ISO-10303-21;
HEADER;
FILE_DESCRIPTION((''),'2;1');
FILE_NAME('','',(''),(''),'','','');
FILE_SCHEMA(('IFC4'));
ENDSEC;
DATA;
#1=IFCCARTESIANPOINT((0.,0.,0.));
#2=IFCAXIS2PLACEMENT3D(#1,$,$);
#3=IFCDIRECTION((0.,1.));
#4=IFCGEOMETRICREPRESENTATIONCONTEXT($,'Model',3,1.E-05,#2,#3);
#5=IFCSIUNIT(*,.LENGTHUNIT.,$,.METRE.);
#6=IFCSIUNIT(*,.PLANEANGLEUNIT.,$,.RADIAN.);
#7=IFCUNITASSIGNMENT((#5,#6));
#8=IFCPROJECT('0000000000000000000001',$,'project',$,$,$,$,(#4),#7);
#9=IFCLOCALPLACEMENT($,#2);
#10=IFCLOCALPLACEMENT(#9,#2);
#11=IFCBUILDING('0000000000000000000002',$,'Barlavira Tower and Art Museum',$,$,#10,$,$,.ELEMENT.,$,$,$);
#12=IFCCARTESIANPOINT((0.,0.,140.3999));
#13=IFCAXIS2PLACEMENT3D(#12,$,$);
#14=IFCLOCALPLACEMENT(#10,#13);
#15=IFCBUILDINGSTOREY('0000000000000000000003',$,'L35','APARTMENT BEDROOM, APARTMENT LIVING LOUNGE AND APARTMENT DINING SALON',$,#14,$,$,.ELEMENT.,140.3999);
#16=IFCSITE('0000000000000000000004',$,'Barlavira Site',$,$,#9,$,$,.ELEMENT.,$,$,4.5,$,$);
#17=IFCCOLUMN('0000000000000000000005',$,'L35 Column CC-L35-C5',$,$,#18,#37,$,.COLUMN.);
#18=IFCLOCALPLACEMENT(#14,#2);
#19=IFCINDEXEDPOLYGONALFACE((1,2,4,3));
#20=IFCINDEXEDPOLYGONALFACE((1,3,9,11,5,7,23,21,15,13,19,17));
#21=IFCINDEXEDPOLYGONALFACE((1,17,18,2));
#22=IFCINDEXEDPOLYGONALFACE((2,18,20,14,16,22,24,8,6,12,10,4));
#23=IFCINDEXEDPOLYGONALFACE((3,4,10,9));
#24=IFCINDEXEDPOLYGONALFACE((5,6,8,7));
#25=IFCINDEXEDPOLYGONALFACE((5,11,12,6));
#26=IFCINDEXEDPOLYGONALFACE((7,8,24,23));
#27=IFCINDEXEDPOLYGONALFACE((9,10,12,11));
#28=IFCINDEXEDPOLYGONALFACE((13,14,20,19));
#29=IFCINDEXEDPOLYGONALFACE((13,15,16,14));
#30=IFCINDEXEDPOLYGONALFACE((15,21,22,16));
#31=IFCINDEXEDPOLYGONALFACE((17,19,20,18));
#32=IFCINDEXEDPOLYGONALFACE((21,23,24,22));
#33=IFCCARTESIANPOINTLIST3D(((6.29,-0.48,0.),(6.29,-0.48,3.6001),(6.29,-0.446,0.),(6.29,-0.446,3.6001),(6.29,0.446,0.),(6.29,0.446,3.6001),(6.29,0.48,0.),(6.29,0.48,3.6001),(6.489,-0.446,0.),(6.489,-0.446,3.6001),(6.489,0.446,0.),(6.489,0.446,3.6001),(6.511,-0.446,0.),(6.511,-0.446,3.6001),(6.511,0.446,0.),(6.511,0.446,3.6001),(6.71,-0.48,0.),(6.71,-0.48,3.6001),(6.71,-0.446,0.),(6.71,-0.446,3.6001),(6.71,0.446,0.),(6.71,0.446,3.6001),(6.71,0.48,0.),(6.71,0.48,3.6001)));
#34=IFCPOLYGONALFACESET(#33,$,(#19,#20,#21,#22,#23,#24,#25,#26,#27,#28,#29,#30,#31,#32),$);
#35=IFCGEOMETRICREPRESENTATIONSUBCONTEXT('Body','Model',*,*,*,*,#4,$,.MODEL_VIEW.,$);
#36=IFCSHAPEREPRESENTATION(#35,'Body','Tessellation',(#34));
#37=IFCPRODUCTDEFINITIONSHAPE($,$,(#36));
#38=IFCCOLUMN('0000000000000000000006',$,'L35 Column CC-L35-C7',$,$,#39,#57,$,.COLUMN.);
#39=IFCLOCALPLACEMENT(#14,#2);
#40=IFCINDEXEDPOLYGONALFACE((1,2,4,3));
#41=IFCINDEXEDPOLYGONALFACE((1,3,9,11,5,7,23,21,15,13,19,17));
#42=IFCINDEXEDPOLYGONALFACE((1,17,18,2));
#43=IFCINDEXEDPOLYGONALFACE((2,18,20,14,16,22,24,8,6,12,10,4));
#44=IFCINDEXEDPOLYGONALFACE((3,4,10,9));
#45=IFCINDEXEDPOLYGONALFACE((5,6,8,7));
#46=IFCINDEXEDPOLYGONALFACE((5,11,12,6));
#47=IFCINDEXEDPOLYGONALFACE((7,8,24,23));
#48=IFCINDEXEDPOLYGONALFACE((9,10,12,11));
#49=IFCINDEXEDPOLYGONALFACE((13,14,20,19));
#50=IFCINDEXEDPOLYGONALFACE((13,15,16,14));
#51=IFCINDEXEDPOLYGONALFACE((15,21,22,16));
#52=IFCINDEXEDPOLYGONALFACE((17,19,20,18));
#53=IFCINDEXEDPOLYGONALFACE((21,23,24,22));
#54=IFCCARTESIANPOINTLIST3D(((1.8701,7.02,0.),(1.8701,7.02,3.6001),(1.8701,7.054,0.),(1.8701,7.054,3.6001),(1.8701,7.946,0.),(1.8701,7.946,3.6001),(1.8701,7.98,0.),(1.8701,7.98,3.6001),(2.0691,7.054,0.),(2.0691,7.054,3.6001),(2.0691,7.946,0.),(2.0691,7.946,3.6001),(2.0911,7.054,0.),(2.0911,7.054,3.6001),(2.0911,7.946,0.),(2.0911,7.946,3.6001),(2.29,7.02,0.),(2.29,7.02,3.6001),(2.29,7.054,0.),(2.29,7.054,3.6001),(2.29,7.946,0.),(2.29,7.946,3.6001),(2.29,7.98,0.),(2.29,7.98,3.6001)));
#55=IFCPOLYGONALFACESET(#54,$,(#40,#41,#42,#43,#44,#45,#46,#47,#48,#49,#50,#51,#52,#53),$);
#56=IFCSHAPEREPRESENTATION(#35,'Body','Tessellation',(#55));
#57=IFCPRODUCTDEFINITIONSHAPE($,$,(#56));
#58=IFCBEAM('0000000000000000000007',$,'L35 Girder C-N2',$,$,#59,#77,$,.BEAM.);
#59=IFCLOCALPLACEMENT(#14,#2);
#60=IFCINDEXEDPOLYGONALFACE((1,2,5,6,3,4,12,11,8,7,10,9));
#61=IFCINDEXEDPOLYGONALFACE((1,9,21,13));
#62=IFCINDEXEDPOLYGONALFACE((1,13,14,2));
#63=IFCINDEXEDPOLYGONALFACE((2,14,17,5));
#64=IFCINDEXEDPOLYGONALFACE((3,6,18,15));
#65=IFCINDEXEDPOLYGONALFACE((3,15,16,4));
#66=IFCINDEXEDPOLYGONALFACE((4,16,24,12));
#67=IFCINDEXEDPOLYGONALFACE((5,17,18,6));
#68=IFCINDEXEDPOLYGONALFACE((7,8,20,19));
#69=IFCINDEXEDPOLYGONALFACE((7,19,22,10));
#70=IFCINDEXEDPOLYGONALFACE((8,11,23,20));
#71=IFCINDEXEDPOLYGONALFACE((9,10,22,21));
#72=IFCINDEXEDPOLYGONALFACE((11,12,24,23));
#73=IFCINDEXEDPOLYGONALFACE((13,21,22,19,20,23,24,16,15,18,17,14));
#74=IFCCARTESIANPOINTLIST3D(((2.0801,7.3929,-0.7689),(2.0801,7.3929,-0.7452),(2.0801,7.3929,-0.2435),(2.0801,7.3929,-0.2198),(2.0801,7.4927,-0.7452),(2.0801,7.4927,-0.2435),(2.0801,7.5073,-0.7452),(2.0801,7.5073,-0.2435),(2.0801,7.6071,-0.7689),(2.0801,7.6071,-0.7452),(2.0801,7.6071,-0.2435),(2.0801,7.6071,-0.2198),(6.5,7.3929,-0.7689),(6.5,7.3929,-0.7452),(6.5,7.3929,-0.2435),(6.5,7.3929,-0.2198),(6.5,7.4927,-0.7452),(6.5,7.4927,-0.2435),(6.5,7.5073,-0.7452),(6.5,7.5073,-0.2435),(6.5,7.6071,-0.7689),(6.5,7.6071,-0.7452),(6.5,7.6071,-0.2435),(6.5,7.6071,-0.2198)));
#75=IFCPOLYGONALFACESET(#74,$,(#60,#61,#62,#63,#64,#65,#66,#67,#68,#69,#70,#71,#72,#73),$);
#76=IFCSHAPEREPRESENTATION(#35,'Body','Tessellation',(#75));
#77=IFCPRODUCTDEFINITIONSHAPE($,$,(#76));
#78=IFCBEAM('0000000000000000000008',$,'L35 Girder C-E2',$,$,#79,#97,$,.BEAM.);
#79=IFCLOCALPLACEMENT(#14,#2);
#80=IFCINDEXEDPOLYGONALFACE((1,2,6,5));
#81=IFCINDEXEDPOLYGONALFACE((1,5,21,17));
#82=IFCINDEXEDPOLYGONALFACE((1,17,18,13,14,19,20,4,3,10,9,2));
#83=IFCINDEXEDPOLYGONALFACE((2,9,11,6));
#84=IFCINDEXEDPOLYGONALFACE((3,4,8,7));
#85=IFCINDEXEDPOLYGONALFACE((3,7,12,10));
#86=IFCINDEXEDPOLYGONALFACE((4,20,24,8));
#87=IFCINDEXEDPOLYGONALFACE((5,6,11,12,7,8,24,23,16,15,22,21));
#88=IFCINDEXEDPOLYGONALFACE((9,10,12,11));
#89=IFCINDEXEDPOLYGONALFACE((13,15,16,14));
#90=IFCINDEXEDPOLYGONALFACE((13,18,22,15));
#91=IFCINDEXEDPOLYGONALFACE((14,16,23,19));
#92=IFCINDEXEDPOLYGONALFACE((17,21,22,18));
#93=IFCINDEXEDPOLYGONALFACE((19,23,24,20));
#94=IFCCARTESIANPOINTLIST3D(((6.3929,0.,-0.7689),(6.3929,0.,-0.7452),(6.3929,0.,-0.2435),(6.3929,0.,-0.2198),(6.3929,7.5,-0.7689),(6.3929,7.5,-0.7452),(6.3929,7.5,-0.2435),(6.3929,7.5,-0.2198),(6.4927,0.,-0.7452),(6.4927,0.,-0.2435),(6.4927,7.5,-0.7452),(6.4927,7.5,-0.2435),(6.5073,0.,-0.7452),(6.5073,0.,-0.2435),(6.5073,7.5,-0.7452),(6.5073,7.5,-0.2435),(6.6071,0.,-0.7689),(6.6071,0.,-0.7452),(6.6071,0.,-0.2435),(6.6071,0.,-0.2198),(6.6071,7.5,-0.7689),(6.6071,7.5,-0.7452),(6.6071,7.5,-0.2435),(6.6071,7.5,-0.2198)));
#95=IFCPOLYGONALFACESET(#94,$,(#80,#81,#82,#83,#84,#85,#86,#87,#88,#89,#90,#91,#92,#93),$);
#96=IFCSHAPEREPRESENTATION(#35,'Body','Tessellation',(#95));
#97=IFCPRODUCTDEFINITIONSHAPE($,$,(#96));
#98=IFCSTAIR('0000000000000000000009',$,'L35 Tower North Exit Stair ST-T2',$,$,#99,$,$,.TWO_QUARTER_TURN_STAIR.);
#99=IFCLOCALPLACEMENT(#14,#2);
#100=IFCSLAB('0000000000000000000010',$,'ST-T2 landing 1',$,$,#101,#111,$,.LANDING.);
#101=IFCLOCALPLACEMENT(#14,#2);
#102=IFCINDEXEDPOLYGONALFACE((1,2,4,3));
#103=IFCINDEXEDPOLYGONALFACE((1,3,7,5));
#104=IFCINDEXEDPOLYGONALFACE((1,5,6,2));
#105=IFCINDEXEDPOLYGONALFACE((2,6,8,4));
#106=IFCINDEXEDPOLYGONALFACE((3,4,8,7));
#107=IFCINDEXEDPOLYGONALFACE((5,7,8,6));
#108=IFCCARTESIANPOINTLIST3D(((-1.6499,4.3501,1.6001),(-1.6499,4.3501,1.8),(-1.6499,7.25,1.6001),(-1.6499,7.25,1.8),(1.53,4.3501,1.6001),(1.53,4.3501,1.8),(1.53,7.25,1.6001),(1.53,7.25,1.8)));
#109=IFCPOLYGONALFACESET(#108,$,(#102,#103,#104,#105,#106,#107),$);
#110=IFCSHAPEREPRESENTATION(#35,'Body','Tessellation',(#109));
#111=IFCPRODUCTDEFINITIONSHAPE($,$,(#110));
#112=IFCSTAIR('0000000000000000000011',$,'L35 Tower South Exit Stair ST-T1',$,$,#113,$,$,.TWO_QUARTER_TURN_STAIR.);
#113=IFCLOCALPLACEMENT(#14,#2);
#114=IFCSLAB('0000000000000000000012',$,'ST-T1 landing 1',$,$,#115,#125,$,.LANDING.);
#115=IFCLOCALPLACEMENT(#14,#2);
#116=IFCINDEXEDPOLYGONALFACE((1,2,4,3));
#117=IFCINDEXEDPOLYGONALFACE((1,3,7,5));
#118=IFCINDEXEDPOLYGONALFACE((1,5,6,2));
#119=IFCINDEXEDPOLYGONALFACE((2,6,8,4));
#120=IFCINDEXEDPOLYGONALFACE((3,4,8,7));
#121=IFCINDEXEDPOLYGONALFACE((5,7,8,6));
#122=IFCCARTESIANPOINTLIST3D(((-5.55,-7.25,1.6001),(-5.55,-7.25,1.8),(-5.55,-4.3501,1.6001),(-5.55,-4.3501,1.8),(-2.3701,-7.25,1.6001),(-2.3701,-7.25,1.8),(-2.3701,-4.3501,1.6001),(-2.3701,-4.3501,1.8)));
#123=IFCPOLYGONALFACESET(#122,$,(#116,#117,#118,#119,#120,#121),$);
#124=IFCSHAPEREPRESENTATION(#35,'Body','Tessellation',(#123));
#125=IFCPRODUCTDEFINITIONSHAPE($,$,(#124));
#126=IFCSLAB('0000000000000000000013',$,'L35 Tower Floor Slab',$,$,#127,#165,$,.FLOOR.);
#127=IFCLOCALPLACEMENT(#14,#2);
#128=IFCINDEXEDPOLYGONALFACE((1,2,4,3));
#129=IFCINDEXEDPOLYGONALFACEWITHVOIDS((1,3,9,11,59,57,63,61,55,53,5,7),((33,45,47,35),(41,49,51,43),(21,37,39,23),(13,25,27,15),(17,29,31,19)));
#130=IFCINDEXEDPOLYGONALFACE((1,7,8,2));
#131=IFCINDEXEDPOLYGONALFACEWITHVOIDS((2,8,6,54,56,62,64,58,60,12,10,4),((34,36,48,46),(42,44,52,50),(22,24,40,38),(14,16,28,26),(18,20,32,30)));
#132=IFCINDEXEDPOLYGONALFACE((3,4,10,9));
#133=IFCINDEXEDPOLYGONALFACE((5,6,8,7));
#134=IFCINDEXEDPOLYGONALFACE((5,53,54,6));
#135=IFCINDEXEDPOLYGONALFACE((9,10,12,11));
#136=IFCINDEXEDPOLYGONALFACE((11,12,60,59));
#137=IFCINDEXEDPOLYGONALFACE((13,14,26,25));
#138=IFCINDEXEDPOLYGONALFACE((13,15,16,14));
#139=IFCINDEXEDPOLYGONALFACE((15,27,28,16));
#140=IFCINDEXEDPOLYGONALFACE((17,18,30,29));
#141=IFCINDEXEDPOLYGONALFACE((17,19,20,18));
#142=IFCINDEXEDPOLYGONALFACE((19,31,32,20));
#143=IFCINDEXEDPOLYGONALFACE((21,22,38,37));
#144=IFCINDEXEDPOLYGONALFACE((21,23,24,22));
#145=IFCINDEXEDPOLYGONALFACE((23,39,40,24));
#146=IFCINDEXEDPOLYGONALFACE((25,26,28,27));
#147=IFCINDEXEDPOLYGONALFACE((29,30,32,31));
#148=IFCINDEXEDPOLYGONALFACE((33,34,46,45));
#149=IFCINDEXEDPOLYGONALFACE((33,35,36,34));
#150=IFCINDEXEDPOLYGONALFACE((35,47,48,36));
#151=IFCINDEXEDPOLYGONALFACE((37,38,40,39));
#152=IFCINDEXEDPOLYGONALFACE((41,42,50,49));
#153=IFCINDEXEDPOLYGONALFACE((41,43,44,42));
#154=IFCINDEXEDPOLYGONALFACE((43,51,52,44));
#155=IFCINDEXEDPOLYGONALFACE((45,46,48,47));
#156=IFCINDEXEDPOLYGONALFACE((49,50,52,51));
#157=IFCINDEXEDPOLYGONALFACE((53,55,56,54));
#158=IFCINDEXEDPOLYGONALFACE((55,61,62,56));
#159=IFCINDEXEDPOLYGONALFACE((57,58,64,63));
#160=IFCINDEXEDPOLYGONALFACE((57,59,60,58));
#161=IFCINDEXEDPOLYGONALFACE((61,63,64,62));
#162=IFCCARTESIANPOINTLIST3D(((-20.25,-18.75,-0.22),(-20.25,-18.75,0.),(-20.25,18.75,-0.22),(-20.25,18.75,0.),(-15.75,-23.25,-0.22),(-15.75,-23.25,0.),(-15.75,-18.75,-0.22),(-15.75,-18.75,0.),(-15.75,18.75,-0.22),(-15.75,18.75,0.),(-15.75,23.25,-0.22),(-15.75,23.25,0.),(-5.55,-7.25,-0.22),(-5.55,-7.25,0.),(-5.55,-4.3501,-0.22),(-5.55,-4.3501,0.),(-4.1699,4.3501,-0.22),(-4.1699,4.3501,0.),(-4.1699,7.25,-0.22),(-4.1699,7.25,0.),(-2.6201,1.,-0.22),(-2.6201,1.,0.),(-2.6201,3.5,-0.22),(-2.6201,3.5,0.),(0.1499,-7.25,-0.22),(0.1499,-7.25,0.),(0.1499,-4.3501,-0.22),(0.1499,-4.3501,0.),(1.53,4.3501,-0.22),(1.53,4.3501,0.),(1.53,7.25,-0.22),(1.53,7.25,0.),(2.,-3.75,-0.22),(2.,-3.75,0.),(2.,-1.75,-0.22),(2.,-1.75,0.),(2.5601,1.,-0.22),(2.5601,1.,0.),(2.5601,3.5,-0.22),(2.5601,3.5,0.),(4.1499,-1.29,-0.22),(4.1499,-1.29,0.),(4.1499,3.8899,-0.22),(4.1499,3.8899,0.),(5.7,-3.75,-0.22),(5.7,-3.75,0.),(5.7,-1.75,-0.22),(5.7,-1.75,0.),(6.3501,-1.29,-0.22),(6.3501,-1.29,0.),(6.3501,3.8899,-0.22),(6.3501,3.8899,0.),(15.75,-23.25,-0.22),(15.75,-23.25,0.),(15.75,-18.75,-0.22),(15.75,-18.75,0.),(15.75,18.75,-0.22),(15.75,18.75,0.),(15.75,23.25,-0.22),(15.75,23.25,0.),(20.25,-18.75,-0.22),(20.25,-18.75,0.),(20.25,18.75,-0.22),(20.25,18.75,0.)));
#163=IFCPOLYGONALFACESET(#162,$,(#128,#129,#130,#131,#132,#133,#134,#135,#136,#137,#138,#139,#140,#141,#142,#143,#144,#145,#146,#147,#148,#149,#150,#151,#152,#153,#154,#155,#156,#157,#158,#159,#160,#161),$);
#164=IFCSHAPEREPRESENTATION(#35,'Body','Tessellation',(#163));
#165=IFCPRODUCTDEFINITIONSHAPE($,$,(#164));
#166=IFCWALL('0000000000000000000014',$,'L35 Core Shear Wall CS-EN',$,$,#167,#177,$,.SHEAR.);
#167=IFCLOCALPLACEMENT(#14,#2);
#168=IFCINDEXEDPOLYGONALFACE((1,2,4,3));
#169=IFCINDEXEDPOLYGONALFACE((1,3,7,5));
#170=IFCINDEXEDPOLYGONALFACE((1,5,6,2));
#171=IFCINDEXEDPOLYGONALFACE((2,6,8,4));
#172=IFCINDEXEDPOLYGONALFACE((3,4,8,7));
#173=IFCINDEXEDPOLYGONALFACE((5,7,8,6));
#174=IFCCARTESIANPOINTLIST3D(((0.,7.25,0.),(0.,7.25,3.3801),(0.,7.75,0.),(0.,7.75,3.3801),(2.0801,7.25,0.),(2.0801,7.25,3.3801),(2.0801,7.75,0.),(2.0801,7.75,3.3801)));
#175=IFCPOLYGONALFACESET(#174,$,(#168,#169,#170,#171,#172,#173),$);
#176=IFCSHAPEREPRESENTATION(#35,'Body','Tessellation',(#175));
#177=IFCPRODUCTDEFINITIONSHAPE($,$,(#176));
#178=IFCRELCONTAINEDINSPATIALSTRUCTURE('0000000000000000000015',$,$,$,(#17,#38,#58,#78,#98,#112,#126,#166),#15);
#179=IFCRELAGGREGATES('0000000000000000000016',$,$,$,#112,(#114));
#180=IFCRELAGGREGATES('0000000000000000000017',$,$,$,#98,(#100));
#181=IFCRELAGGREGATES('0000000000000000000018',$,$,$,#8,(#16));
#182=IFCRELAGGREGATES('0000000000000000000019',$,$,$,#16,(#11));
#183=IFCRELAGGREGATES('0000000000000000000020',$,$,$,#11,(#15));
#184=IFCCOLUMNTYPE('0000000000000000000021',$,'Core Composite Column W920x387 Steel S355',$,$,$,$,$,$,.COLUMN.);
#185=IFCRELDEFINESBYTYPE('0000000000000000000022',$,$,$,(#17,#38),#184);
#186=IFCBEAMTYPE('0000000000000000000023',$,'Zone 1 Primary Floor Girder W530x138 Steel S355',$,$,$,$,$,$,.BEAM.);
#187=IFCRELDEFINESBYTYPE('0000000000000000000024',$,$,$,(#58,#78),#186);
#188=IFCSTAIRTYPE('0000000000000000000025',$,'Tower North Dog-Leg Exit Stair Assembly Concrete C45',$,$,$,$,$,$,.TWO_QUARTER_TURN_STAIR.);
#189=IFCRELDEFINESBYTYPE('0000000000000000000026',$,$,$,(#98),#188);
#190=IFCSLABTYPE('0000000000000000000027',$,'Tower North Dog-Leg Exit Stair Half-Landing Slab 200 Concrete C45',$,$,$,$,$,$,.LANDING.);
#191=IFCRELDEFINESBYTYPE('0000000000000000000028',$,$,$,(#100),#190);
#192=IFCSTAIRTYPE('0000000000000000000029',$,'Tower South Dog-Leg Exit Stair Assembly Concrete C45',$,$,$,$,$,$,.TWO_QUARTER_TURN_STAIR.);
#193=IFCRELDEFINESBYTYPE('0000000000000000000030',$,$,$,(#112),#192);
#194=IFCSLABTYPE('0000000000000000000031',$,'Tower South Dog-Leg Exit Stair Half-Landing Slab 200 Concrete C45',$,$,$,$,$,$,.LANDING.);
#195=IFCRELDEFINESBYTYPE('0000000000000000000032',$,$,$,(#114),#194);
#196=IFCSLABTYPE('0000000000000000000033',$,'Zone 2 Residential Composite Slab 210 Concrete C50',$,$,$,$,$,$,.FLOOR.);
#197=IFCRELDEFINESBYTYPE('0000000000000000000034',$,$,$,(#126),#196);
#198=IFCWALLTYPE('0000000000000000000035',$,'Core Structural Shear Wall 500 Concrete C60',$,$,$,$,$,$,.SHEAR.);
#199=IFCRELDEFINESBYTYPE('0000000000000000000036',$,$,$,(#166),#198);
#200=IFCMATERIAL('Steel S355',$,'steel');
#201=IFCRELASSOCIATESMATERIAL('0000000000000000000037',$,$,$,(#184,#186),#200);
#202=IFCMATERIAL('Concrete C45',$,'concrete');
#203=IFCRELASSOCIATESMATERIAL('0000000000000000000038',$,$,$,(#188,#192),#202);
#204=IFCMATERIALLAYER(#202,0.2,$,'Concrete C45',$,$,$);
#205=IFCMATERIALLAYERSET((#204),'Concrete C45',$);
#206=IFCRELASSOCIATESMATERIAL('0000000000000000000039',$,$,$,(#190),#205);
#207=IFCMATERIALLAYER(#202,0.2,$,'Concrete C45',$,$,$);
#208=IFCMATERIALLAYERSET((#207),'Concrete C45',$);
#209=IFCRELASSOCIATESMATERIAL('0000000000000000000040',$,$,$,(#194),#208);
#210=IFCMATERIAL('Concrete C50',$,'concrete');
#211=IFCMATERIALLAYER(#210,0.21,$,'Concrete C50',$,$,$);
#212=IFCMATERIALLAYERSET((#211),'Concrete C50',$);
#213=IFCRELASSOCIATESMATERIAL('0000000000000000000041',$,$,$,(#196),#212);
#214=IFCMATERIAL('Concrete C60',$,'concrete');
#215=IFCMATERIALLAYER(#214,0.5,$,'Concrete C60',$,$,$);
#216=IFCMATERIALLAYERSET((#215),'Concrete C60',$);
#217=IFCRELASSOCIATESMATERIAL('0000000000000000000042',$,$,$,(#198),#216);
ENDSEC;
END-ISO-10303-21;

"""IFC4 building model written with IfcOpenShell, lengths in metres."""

from ifc_helpers import new_model, si_unit, direction, frame, frame_2d, origin, origin_2d, place, context, subcontext, project, spatial, polyline, rectangle, i_section, outline, extrude, material, layer, layer_set, material_profile, profile_set, type_object, element, aggregate, save


model = new_model("IFC4")

# Units and contexts
model_context = context("Model", 3, precision=1e-05, world=origin(), true_north=direction((0.0, 1.0)))
body_context = subcontext(model_context, "Body", "Model", "MODEL_VIEW")
ifc_project = project(units=[si_unit("LENGTHUNIT", "METRE"), si_unit("PLANEANGLEUNIT", "RADIAN")], contexts=[model_context])

# Site, building, storey
site_placement = place(None, origin())
site = spatial("IfcSite", under=ifc_project, at=site_placement, Name="Barlavira Site", CompositionType="ELEMENT", RefElevation=4.5)
building_placement = place(site_placement, origin())
building = spatial("IfcBuilding", under=site, at=building_placement, Name="Barlavira Tower and Art Museum", CompositionType="ELEMENT")
storey_placement = place(building_placement, frame((0.0, 0.0, 140.3999)))
storey = spatial("IfcBuildingStorey", under=building, at=storey_placement, Name="L35", Description="APARTMENT BEDROOM, APARTMENT LIVING LOUNGE AND APARTMENT DINING SALON", CompositionType="ELEMENT", Elevation=140.3999)

# Columns
ifc_material_1 = material(Name="Steel S355", Category="steel")
ifc_material_profile_1 = material_profile(ifc_material_1, i_section(OverallWidth=0.4199, OverallDepth=0.96, WebThickness=0.022, FlangeThickness=0.0339, at=origin_2d()), Name="W920x387.0")
ifc_profile_set_1 = profile_set([ifc_material_profile_1], Name="Steel S355")
column_type = type_object("IfcColumnType", Name="Core Composite Column W920x387 Steel S355", PredefinedType="COLUMN", material=ifc_profile_set_1)
for number, where, z_axis, x_axis, name in (
    (1, (6.5, 0.0, 0.0), (0.0, 0.0, 1.0), (1.0, 0.0, 0.0), "L35 Column CC-L35-C5"),
    (2, (2.0801, 7.5, 0.0), (0.0, 0.0, 1.0), (1.0, 0.0, 0.0), "L35 Column CC-L35-C7"),
):
    element("IfcColumn", number, at=place(storey_placement, frame(where, z_axis=z_axis, x_axis=x_axis)), inside=storey, type_object=column_type, Name=name, PredefinedType="COLUMN", context=body_context, shape_type="SweptSolid", body=[
        extrude(i_section(OverallWidth=0.4199, OverallDepth=0.96, WebThickness=0.022, FlangeThickness=0.0339, at=origin_2d()), origin(), (0.0, 0.0, 1.0), 3.6001),
    ])

# Beams
ifc_material_profile_2 = material_profile(ifc_material_1, i_section(OverallWidth=0.2141, OverallDepth=0.5491, WebThickness=0.0146, FlangeThickness=0.0237, at=origin_2d()), Name="W530x138.0")
ifc_profile_set_2 = profile_set([ifc_material_profile_2], Name="Steel S355")
beam_type = type_object("IfcBeamType", Name="Zone 1 Primary Floor Girder W530x138 Steel S355", PredefinedType="BEAM", material=ifc_profile_set_2)
beam_1_placement = place(storey_placement, frame((2.0801, 7.5, -0.4944), z_axis=(1.0, 0.0, 0.0), x_axis=(0.0, 1.0, 0.0)))
element("IfcBeam", 3, at=beam_1_placement, inside=storey, type_object=beam_type, Name="L35 Girder C-N2", PredefinedType="BEAM", context=body_context, shape_type="SweptSolid", body=[
    extrude(i_section(OverallWidth=0.2141, OverallDepth=0.5491, WebThickness=0.0146, FlangeThickness=0.0237, at=origin_2d()), origin(), (0.0, 0.0, 1.0), 4.4199),
])
beam_2_placement = place(storey_placement, frame((6.5, 0.0, -0.4944), z_axis=(0.0, 1.0, 0.0), x_axis=(-1.0, 0.0, 0.0)))
element("IfcBeam", 4, at=beam_2_placement, inside=storey, type_object=beam_type, Name="L35 Girder C-E2", PredefinedType="BEAM", context=body_context, shape_type="SweptSolid", body=[
    extrude(i_section(OverallWidth=0.2141, OverallDepth=0.5491, WebThickness=0.0146, FlangeThickness=0.0237, at=origin_2d()), origin(), (0.0, 0.0, 1.0), 7.5),
])

# Stairs, slabs
ifc_material_2 = material(Name="Concrete C45", Category="concrete")
stair_type_1 = type_object("IfcStairType", Name="Tower North Dog-Leg Exit Stair Assembly Concrete C45", PredefinedType="TWO_QUARTER_TURN_STAIR", material=ifc_material_2)
stair_1_placement = place(storey_placement, origin())
stair_1 = element("IfcStair", 5, at=stair_1_placement, inside=storey, type_object=stair_type_1, Name="L35 Tower North Exit Stair ST-T2", PredefinedType="TWO_QUARTER_TURN_STAIR")
ifc_layer_1 = layer(ifc_material_2, 0.2, Name="Concrete C45")
ifc_layer_set_1 = layer_set([ifc_layer_1], Name="Concrete C45")
slab_type_1 = type_object("IfcSlabType", Name="Tower North Dog-Leg Exit Stair Half-Landing Slab 200 Concrete C45", PredefinedType="LANDING", material=ifc_layer_set_1)
slab_1_placement = place(storey_placement, frame((0.0, 0.0, 1.6001)))
slab_1 = element("IfcSlab", 6, at=slab_1_placement, type_object=slab_type_1, Name="ST-T2 landing 1", PredefinedType="LANDING", context=body_context, shape_type="SweptSolid", body=[
    extrude(outline(polyline([(-1.6499, 4.3501), (1.53, 4.3501), (1.53, 7.25), (-1.6499, 7.25), (-1.6499, 4.3501)])), origin(), (0.0, 0.0, 1.0), 0.2),
])
stair_type_2 = type_object("IfcStairType", Name="Tower South Dog-Leg Exit Stair Assembly Concrete C45", PredefinedType="TWO_QUARTER_TURN_STAIR", material=ifc_material_2)
stair_2_placement = place(storey_placement, origin())
stair_2 = element("IfcStair", 7, at=stair_2_placement, inside=storey, type_object=stair_type_2, Name="L35 Tower South Exit Stair ST-T1", PredefinedType="TWO_QUARTER_TURN_STAIR")
ifc_layer_2 = layer(ifc_material_2, 0.2, Name="Concrete C45")
ifc_layer_set_2 = layer_set([ifc_layer_2], Name="Concrete C45")
slab_type_2 = type_object("IfcSlabType", Name="Tower South Dog-Leg Exit Stair Half-Landing Slab 200 Concrete C45", PredefinedType="LANDING", material=ifc_layer_set_2)
slab_2_placement = place(storey_placement, frame((0.0, 0.0, 1.6001)))
slab_2 = element("IfcSlab", 8, at=slab_2_placement, type_object=slab_type_2, Name="ST-T1 landing 1", PredefinedType="LANDING", context=body_context, shape_type="SweptSolid", body=[
    extrude(outline(polyline([(-2.3701, -4.3501), (-5.55, -4.3501), (-5.55, -7.25), (-2.3701, -7.25), (-2.3701, -4.3501)])), origin(), (0.0, 0.0, 1.0), 0.2),
])
aggregate(stair_2, [slab_2])

# Slab
ifc_material_3 = material(Name="Concrete C50", Category="concrete")
ifc_layer_3 = layer(ifc_material_3, 0.21, Name="Concrete C50")
ifc_layer_set_3 = layer_set([ifc_layer_3], Name="Concrete C50")
slab_type_3 = type_object("IfcSlabType", Name="Zone 2 Residential Composite Slab 210 Concrete C50", PredefinedType="FLOOR", material=ifc_layer_set_3)
slab_3_placement = place(storey_placement, frame((0.0, 0.0, -0.22)))
element("IfcSlab", 9, at=slab_3_placement, inside=storey, type_object=slab_type_3, Name="L35 Tower Floor Slab", PredefinedType="FLOOR", context=body_context, shape_type="SweptSolid", body=[
    extrude(outline(polyline([(-15.75, -23.25), (15.75, -23.25), (15.75, -18.75), (20.25, -18.75), (20.25, 18.75), (15.75, 18.75), (15.75, 23.25), (-15.75, 23.25), (-15.75, 18.75), (-20.25, 18.75), (-20.25, -18.75), (-15.75, -18.75), (-15.75, -23.25)]), holes=[polyline([(0.1499, -4.3501), (-5.55, -4.3501), (-5.55, -7.25), (0.1499, -7.25), (0.1499, -4.3501)]), polyline([(-4.1699, 4.3501), (1.53, 4.3501), (1.53, 7.25), (-4.1699, 7.25), (-4.1699, 4.3501)]), polyline([(4.1499, -1.29), (6.3501, -1.29), (6.3501, 3.8899), (4.1499, 3.8899), (4.1499, -1.29)]), polyline([(-2.6201, 1.0), (2.5601, 1.0), (2.5601, 3.5), (-2.6201, 3.5), (-2.6201, 1.0)]), polyline([(2.0, -3.75), (5.7, -3.75), (5.7, -1.75), (2.0, -1.75), (2.0, -3.75)])]), origin(), (0.0, 0.0, 1.0), 0.22),
])

# Wall
ifc_material_4 = material(Name="Concrete C60", Category="concrete")
ifc_layer_4 = layer(ifc_material_4, 0.5, Name="Concrete C60")
ifc_layer_set_4 = layer_set([ifc_layer_4], Name="Concrete C60")
wall_type_1 = type_object("IfcWallType", Name="Core Structural Shear Wall 500 Concrete C60", PredefinedType="SHEAR", material=ifc_layer_set_4)
wall_1_placement = place(storey_placement, frame((0.0, 7.5, 0.0), z_axis=(0.0, 0.0, 1.0), x_axis=(1.0, 0.0, 0.0)))
element("IfcWall", 10, at=wall_1_placement, inside=storey, type_object=wall_type_1, Name="L35 Core Shear Wall CS-EN", PredefinedType="SHEAR", context=body_context, shape_type="SweptSolid", body=[
    extrude(rectangle(XDim=2.0801, YDim=0.5, at=frame_2d((1.04, 0.0))), origin(), (0.0, 0.0, 1.0), 3.3801),
])

aggregate(stair_1, [slab_1])

save(model, "model.ifc")
